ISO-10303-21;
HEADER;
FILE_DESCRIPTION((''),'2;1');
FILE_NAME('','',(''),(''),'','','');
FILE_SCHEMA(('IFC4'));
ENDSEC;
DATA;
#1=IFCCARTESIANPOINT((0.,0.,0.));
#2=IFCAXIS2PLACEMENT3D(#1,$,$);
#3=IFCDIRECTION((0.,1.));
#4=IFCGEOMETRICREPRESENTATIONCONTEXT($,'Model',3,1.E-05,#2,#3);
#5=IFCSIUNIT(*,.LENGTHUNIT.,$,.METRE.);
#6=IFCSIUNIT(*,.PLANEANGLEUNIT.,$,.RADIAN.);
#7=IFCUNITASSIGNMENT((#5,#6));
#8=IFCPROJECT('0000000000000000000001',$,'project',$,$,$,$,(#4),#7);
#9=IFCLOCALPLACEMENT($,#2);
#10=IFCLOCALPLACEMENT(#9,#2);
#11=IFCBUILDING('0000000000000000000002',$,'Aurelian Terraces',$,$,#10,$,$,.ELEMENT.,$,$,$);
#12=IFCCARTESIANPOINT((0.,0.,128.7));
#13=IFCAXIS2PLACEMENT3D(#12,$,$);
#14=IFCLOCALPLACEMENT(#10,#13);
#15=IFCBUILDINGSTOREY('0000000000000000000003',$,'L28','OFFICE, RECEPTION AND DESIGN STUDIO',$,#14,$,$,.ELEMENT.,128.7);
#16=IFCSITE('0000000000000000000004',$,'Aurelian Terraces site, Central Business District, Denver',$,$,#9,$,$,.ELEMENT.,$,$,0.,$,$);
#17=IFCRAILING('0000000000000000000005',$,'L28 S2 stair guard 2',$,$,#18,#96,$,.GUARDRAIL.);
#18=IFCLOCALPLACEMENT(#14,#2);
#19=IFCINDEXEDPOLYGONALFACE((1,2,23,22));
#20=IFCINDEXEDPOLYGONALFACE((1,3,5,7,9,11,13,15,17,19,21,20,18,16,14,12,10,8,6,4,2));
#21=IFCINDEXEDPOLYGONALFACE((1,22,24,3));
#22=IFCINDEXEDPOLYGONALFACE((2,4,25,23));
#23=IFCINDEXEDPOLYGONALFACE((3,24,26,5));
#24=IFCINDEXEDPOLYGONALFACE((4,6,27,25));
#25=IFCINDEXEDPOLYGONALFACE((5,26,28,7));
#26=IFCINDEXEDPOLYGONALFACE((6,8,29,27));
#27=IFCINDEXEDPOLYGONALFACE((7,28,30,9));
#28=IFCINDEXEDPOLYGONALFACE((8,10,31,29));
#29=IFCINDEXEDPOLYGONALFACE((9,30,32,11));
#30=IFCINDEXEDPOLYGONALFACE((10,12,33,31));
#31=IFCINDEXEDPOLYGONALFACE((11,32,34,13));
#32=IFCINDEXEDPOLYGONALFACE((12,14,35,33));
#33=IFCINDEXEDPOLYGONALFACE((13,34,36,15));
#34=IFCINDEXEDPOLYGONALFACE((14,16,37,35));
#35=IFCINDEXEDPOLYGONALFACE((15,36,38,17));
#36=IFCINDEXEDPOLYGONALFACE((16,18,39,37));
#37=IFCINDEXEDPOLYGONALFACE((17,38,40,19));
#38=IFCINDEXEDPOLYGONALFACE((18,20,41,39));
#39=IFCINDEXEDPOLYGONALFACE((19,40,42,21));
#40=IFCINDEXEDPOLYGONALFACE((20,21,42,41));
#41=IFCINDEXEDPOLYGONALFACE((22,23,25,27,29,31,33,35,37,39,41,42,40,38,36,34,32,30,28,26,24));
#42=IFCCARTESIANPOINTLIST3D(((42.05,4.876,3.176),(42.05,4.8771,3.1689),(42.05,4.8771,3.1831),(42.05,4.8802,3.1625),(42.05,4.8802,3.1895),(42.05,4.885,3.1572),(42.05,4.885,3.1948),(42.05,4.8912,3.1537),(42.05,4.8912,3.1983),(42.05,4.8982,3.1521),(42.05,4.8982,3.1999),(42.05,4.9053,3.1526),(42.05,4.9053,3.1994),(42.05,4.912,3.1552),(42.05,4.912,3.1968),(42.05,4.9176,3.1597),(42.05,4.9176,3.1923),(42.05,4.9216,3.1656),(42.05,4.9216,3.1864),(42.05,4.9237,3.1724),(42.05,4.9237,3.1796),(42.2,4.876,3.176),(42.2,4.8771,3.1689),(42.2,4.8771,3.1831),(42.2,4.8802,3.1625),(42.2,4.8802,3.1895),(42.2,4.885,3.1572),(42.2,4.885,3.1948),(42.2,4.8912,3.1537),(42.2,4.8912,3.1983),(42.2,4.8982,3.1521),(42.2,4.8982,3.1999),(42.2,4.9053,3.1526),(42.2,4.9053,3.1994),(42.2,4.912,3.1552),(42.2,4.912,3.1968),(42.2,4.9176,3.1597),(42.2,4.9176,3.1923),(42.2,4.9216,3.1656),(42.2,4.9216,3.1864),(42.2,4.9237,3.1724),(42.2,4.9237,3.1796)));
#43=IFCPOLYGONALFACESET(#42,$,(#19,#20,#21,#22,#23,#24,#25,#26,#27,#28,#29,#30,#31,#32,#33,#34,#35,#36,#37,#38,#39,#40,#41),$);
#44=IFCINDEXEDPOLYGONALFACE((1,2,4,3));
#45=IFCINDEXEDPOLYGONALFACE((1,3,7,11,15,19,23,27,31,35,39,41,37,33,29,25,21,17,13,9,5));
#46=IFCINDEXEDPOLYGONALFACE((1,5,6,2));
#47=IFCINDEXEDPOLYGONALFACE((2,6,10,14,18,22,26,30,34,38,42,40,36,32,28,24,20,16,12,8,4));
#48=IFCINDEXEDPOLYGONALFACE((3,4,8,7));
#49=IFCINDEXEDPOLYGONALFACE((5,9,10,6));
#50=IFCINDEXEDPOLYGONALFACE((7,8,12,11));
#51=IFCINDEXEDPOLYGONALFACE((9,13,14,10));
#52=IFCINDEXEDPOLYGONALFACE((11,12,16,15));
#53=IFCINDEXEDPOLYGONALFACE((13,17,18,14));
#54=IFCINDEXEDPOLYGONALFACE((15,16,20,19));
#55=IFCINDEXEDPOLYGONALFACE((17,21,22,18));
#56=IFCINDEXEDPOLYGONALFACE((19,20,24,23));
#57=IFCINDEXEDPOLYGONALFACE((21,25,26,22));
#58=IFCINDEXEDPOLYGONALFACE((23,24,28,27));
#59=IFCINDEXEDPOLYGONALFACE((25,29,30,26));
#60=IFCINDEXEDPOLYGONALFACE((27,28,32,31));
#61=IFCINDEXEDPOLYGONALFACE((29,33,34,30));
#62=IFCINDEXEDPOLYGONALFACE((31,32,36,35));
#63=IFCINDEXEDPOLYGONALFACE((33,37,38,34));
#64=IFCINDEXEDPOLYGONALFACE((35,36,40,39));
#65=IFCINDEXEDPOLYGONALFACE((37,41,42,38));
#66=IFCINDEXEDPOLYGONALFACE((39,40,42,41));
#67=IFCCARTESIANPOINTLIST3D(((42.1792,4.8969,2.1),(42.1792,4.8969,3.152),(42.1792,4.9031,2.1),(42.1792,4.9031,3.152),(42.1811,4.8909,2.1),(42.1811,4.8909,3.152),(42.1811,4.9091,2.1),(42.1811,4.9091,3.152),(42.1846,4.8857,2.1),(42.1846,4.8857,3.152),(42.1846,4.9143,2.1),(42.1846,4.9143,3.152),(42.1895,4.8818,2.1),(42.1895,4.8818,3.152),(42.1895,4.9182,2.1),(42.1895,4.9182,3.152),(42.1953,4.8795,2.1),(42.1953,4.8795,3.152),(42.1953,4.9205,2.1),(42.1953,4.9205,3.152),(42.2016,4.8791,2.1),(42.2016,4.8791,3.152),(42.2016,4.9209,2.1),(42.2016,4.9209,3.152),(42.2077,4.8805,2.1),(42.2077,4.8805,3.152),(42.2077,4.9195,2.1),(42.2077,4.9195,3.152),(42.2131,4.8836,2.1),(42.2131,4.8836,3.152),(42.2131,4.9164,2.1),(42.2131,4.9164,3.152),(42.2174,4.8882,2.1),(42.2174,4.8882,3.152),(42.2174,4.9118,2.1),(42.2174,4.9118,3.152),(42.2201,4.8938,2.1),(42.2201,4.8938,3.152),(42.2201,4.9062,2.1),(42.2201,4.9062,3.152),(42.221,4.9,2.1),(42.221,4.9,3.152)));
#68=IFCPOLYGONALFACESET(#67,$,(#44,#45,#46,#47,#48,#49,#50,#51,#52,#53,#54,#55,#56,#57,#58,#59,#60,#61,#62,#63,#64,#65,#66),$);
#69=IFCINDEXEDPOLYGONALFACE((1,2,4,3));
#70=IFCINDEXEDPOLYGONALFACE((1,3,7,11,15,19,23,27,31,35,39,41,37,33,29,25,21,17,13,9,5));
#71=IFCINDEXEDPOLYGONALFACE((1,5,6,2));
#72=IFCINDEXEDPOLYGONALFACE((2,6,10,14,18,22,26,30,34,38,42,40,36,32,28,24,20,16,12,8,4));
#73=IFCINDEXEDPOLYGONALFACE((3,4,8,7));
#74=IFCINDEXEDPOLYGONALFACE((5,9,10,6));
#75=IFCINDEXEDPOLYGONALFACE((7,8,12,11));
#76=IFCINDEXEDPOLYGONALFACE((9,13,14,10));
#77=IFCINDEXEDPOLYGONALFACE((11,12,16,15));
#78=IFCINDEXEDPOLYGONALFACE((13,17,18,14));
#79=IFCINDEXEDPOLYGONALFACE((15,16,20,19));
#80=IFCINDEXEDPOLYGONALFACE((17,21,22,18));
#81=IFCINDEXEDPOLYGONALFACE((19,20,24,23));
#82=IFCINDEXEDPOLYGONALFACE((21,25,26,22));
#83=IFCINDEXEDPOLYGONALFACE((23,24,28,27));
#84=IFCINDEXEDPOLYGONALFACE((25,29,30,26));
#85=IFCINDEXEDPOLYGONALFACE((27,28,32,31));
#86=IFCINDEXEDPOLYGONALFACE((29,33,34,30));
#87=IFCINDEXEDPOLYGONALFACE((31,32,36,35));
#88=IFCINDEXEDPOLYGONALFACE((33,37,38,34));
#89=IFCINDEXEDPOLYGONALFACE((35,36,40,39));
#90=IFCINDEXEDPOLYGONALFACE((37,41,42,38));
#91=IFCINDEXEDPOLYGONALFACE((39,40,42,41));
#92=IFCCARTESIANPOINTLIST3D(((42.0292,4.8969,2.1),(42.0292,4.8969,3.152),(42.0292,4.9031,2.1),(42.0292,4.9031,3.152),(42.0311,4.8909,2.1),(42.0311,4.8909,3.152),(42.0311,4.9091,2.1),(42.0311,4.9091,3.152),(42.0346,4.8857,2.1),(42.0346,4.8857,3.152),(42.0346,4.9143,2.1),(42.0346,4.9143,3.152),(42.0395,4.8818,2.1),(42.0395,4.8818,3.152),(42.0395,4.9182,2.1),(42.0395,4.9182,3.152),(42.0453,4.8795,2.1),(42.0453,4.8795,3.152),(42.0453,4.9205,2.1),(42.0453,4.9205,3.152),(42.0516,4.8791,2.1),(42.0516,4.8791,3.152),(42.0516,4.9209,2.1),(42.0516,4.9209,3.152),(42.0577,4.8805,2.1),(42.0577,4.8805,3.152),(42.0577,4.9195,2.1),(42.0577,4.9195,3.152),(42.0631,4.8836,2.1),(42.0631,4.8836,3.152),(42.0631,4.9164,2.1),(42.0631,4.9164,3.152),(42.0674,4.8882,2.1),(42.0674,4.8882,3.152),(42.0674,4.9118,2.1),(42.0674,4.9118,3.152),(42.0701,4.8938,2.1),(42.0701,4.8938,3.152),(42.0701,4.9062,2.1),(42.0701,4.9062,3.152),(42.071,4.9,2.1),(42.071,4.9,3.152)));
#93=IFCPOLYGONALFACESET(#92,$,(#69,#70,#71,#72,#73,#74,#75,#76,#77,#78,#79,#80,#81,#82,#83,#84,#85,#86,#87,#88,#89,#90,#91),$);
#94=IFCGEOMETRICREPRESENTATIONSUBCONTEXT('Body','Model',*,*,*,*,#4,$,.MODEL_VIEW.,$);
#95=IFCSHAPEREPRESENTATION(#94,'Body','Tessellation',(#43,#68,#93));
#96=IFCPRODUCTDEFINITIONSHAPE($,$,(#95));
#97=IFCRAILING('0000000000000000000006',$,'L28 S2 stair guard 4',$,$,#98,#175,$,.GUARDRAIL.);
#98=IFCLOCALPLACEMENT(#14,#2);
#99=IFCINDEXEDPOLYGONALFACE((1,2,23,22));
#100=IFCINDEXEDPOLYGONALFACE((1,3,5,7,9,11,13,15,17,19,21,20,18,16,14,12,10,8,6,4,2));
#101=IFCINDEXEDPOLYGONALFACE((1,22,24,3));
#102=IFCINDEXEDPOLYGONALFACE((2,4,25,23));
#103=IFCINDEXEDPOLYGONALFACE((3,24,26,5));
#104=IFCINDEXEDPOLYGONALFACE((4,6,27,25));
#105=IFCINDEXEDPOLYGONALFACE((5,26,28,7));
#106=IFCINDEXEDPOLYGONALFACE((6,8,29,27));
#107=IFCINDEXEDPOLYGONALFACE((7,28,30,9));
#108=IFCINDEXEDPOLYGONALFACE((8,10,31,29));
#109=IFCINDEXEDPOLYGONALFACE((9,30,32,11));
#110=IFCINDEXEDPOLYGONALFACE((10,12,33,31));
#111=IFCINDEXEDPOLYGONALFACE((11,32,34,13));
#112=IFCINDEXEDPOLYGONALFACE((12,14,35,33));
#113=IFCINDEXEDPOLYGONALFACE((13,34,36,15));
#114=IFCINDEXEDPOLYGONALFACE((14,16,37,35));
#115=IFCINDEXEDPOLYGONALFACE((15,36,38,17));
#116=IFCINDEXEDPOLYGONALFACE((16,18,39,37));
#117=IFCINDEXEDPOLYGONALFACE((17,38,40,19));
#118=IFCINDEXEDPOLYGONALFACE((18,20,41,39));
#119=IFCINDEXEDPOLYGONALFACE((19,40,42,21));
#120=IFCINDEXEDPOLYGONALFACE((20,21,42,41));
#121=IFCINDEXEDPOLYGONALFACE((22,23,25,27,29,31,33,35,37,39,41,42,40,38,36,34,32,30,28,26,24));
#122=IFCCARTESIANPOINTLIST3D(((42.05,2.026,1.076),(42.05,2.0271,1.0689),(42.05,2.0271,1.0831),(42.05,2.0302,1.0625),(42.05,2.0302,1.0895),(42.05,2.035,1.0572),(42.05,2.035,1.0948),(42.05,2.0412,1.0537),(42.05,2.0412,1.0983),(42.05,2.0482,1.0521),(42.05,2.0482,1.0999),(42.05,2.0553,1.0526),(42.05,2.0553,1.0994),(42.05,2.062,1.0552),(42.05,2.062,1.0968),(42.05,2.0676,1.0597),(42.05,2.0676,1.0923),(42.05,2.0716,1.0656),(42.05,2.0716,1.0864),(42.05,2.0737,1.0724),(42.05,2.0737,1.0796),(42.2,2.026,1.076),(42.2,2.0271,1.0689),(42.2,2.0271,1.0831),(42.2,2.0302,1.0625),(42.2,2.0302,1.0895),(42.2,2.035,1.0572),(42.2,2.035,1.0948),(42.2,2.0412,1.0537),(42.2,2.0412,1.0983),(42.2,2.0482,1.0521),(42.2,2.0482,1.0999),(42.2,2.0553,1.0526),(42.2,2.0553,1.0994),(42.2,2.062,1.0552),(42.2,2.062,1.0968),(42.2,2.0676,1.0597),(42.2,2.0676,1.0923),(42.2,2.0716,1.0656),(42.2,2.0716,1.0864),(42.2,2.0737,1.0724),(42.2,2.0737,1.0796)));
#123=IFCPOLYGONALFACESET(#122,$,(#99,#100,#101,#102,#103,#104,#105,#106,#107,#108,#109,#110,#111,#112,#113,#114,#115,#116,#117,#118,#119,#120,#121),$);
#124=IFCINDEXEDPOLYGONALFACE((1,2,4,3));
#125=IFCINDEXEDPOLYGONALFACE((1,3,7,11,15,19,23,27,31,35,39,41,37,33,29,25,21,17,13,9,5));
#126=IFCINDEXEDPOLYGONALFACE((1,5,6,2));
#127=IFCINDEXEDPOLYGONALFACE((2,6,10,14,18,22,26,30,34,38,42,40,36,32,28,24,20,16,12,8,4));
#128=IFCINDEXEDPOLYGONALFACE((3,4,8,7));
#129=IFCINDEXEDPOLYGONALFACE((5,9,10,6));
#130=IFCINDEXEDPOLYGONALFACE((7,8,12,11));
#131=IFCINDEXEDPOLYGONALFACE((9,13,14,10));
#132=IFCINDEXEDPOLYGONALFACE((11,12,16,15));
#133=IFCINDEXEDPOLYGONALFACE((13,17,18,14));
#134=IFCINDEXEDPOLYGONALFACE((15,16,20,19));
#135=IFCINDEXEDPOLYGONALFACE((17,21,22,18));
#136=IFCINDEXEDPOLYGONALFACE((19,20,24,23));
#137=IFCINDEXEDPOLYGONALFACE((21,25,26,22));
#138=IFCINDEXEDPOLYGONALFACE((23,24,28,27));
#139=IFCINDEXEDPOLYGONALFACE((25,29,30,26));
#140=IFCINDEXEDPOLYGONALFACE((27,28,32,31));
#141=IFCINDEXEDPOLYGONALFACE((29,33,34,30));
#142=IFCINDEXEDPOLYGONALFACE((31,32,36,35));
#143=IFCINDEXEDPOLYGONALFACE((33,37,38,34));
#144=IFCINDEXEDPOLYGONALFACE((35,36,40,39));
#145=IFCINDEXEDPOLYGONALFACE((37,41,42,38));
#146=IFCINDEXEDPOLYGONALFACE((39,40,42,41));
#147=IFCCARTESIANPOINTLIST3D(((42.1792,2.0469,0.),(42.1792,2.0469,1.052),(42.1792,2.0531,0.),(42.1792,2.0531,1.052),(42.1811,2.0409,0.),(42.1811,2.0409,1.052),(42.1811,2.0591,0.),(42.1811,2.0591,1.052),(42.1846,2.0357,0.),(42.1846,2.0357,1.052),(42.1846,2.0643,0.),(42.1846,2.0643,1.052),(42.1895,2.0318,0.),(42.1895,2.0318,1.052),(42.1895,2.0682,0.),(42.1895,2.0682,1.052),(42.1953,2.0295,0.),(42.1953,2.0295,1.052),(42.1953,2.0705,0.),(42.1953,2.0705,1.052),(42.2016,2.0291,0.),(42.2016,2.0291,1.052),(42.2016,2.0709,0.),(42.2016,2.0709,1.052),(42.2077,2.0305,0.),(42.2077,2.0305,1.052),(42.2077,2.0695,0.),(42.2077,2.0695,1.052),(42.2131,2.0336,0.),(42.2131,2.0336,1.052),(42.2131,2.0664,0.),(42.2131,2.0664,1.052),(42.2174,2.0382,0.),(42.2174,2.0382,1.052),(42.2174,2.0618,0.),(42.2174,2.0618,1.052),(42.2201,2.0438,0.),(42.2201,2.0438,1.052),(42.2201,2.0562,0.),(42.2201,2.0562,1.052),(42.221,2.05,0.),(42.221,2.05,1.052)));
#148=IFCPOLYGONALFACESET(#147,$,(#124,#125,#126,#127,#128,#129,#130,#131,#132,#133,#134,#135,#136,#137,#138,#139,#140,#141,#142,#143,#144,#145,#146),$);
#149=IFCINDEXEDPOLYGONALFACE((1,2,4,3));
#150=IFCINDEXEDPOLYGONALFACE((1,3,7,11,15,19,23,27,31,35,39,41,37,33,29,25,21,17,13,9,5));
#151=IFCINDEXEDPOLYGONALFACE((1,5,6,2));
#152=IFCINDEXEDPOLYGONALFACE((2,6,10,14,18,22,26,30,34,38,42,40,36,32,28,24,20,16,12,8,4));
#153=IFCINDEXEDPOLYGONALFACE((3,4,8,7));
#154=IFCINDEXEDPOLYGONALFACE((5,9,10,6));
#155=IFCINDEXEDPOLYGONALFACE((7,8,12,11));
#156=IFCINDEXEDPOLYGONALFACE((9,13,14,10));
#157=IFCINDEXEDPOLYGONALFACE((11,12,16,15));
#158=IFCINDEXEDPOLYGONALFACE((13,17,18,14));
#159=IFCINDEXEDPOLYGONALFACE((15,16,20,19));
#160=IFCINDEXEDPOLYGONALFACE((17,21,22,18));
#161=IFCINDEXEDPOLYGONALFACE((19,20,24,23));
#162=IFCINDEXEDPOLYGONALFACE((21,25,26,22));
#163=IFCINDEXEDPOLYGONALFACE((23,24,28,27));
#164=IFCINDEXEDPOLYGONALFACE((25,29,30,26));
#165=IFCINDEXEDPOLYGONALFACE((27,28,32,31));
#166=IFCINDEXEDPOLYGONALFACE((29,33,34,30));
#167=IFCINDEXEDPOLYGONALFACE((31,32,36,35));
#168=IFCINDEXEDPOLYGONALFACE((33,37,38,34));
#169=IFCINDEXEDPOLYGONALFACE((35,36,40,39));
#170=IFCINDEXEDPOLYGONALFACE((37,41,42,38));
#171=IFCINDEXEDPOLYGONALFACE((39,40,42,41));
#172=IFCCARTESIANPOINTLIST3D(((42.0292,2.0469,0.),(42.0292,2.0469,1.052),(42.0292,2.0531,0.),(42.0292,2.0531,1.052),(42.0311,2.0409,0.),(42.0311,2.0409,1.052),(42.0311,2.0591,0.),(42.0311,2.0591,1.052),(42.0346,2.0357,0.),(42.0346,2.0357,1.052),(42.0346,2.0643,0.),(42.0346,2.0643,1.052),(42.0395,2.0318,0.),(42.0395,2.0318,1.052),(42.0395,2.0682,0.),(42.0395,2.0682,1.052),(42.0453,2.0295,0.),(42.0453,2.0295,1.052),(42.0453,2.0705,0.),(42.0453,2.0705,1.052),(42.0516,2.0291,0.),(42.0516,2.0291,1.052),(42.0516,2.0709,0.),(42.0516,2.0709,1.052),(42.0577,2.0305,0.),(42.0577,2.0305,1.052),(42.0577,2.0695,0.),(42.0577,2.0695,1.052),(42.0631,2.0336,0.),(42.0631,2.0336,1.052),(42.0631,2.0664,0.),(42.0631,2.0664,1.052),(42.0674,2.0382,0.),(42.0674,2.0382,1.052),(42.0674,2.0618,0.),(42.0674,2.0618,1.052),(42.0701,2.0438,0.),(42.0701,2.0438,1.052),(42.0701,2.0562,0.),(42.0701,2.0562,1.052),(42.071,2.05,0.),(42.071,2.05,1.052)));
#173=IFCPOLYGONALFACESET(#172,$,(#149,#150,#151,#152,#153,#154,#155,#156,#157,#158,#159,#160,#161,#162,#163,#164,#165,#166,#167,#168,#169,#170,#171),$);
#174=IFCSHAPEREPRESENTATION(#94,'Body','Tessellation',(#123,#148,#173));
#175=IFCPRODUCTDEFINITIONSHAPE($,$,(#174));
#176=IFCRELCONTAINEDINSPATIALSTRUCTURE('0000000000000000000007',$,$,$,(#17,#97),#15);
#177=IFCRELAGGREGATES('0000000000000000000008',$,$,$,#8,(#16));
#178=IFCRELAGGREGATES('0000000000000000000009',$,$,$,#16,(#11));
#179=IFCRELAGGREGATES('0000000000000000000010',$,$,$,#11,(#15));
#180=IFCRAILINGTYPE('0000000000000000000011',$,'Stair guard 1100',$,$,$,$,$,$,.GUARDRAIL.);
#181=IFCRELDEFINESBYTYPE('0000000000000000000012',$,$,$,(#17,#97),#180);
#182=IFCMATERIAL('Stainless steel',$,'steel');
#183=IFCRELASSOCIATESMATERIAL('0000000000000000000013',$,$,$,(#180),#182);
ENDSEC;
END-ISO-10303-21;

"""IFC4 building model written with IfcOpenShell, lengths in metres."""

from ifc_helpers import new_model, si_unit, direction, frame, origin, origin_2d, place, context, subcontext, project, spatial, circle, extrude, source, transform, mapped, material, type_object, element, save


model = new_model("IFC4")

# Units and contexts
model_context = context("Model", 3, precision=1e-05, world=origin(), true_north=direction((0.0, 1.0)))
body_context = subcontext(model_context, "Body", "Model", "MODEL_VIEW")
ifc_project = project(units=[si_unit("LENGTHUNIT", "METRE"), si_unit("PLANEANGLEUNIT", "RADIAN")], contexts=[model_context])

# Site, building, storey
site_placement = place(None, origin())
site = spatial("IfcSite", under=ifc_project, at=site_placement, Name="Aurelian Terraces site, Central Business District, Denver", CompositionType="ELEMENT", RefElevation=0.0)
building_placement = place(site_placement, origin())
building = spatial("IfcBuilding", under=site, at=building_placement, Name="Aurelian Terraces", CompositionType="ELEMENT")
storey_placement = place(building_placement, frame((0.0, 0.0, 128.7)))
storey = spatial("IfcBuildingStorey", under=building, at=storey_placement, Name="L28", Description="OFFICE, RECEPTION AND DESIGN STUDIO", CompositionType="ELEMENT", Elevation=128.7)

# Railings
ifc_material_1 = material(Name="Stainless steel", Category="steel")
railing_type_1 = type_object("IfcRailingType", Name="Stair guard 1100", PredefinedType="GUARDRAIL", material=ifc_material_1)
shared_shape_1 = source(origin(), body_context, "Body", "SweptSolid", [
    extrude(circle(Radius=0.024, at=origin_2d()), frame((0.0, 0.0, 1.076), z_axis=(-1.0, 0.0, 0.0), x_axis=(0.0, -1.0, 0.0)), (0.0, 0.0, 1.0), 0.15),
    extrude(circle(Radius=0.021, at=origin_2d()), origin(), (0.0, 0.0, 1.0), 1.052),
    extrude(circle(Radius=0.021, at=origin_2d()), frame((-0.15, 0.0, 0.0)), (0.0, 0.0, 1.0), 1.052),
])
for number, where, name in (
    (1, (42.2, 4.9, 2.1), "L28 S2 stair guard 2"),
    (2, (42.2, 2.05, 0.0), "L28 S2 stair guard 4"),
):
    element("IfcRailing", number, at=place(storey_placement, frame(where)), inside=storey, type_object=railing_type_1, Name=name, PredefinedType="GUARDRAIL", context=body_context, shape_type="MappedRepresentation", body=[
        mapped(shared_shape_1, transform((0.0, 0.0, 0.0), scale=1.0)),
    ])

save(model, "model.ifc")
